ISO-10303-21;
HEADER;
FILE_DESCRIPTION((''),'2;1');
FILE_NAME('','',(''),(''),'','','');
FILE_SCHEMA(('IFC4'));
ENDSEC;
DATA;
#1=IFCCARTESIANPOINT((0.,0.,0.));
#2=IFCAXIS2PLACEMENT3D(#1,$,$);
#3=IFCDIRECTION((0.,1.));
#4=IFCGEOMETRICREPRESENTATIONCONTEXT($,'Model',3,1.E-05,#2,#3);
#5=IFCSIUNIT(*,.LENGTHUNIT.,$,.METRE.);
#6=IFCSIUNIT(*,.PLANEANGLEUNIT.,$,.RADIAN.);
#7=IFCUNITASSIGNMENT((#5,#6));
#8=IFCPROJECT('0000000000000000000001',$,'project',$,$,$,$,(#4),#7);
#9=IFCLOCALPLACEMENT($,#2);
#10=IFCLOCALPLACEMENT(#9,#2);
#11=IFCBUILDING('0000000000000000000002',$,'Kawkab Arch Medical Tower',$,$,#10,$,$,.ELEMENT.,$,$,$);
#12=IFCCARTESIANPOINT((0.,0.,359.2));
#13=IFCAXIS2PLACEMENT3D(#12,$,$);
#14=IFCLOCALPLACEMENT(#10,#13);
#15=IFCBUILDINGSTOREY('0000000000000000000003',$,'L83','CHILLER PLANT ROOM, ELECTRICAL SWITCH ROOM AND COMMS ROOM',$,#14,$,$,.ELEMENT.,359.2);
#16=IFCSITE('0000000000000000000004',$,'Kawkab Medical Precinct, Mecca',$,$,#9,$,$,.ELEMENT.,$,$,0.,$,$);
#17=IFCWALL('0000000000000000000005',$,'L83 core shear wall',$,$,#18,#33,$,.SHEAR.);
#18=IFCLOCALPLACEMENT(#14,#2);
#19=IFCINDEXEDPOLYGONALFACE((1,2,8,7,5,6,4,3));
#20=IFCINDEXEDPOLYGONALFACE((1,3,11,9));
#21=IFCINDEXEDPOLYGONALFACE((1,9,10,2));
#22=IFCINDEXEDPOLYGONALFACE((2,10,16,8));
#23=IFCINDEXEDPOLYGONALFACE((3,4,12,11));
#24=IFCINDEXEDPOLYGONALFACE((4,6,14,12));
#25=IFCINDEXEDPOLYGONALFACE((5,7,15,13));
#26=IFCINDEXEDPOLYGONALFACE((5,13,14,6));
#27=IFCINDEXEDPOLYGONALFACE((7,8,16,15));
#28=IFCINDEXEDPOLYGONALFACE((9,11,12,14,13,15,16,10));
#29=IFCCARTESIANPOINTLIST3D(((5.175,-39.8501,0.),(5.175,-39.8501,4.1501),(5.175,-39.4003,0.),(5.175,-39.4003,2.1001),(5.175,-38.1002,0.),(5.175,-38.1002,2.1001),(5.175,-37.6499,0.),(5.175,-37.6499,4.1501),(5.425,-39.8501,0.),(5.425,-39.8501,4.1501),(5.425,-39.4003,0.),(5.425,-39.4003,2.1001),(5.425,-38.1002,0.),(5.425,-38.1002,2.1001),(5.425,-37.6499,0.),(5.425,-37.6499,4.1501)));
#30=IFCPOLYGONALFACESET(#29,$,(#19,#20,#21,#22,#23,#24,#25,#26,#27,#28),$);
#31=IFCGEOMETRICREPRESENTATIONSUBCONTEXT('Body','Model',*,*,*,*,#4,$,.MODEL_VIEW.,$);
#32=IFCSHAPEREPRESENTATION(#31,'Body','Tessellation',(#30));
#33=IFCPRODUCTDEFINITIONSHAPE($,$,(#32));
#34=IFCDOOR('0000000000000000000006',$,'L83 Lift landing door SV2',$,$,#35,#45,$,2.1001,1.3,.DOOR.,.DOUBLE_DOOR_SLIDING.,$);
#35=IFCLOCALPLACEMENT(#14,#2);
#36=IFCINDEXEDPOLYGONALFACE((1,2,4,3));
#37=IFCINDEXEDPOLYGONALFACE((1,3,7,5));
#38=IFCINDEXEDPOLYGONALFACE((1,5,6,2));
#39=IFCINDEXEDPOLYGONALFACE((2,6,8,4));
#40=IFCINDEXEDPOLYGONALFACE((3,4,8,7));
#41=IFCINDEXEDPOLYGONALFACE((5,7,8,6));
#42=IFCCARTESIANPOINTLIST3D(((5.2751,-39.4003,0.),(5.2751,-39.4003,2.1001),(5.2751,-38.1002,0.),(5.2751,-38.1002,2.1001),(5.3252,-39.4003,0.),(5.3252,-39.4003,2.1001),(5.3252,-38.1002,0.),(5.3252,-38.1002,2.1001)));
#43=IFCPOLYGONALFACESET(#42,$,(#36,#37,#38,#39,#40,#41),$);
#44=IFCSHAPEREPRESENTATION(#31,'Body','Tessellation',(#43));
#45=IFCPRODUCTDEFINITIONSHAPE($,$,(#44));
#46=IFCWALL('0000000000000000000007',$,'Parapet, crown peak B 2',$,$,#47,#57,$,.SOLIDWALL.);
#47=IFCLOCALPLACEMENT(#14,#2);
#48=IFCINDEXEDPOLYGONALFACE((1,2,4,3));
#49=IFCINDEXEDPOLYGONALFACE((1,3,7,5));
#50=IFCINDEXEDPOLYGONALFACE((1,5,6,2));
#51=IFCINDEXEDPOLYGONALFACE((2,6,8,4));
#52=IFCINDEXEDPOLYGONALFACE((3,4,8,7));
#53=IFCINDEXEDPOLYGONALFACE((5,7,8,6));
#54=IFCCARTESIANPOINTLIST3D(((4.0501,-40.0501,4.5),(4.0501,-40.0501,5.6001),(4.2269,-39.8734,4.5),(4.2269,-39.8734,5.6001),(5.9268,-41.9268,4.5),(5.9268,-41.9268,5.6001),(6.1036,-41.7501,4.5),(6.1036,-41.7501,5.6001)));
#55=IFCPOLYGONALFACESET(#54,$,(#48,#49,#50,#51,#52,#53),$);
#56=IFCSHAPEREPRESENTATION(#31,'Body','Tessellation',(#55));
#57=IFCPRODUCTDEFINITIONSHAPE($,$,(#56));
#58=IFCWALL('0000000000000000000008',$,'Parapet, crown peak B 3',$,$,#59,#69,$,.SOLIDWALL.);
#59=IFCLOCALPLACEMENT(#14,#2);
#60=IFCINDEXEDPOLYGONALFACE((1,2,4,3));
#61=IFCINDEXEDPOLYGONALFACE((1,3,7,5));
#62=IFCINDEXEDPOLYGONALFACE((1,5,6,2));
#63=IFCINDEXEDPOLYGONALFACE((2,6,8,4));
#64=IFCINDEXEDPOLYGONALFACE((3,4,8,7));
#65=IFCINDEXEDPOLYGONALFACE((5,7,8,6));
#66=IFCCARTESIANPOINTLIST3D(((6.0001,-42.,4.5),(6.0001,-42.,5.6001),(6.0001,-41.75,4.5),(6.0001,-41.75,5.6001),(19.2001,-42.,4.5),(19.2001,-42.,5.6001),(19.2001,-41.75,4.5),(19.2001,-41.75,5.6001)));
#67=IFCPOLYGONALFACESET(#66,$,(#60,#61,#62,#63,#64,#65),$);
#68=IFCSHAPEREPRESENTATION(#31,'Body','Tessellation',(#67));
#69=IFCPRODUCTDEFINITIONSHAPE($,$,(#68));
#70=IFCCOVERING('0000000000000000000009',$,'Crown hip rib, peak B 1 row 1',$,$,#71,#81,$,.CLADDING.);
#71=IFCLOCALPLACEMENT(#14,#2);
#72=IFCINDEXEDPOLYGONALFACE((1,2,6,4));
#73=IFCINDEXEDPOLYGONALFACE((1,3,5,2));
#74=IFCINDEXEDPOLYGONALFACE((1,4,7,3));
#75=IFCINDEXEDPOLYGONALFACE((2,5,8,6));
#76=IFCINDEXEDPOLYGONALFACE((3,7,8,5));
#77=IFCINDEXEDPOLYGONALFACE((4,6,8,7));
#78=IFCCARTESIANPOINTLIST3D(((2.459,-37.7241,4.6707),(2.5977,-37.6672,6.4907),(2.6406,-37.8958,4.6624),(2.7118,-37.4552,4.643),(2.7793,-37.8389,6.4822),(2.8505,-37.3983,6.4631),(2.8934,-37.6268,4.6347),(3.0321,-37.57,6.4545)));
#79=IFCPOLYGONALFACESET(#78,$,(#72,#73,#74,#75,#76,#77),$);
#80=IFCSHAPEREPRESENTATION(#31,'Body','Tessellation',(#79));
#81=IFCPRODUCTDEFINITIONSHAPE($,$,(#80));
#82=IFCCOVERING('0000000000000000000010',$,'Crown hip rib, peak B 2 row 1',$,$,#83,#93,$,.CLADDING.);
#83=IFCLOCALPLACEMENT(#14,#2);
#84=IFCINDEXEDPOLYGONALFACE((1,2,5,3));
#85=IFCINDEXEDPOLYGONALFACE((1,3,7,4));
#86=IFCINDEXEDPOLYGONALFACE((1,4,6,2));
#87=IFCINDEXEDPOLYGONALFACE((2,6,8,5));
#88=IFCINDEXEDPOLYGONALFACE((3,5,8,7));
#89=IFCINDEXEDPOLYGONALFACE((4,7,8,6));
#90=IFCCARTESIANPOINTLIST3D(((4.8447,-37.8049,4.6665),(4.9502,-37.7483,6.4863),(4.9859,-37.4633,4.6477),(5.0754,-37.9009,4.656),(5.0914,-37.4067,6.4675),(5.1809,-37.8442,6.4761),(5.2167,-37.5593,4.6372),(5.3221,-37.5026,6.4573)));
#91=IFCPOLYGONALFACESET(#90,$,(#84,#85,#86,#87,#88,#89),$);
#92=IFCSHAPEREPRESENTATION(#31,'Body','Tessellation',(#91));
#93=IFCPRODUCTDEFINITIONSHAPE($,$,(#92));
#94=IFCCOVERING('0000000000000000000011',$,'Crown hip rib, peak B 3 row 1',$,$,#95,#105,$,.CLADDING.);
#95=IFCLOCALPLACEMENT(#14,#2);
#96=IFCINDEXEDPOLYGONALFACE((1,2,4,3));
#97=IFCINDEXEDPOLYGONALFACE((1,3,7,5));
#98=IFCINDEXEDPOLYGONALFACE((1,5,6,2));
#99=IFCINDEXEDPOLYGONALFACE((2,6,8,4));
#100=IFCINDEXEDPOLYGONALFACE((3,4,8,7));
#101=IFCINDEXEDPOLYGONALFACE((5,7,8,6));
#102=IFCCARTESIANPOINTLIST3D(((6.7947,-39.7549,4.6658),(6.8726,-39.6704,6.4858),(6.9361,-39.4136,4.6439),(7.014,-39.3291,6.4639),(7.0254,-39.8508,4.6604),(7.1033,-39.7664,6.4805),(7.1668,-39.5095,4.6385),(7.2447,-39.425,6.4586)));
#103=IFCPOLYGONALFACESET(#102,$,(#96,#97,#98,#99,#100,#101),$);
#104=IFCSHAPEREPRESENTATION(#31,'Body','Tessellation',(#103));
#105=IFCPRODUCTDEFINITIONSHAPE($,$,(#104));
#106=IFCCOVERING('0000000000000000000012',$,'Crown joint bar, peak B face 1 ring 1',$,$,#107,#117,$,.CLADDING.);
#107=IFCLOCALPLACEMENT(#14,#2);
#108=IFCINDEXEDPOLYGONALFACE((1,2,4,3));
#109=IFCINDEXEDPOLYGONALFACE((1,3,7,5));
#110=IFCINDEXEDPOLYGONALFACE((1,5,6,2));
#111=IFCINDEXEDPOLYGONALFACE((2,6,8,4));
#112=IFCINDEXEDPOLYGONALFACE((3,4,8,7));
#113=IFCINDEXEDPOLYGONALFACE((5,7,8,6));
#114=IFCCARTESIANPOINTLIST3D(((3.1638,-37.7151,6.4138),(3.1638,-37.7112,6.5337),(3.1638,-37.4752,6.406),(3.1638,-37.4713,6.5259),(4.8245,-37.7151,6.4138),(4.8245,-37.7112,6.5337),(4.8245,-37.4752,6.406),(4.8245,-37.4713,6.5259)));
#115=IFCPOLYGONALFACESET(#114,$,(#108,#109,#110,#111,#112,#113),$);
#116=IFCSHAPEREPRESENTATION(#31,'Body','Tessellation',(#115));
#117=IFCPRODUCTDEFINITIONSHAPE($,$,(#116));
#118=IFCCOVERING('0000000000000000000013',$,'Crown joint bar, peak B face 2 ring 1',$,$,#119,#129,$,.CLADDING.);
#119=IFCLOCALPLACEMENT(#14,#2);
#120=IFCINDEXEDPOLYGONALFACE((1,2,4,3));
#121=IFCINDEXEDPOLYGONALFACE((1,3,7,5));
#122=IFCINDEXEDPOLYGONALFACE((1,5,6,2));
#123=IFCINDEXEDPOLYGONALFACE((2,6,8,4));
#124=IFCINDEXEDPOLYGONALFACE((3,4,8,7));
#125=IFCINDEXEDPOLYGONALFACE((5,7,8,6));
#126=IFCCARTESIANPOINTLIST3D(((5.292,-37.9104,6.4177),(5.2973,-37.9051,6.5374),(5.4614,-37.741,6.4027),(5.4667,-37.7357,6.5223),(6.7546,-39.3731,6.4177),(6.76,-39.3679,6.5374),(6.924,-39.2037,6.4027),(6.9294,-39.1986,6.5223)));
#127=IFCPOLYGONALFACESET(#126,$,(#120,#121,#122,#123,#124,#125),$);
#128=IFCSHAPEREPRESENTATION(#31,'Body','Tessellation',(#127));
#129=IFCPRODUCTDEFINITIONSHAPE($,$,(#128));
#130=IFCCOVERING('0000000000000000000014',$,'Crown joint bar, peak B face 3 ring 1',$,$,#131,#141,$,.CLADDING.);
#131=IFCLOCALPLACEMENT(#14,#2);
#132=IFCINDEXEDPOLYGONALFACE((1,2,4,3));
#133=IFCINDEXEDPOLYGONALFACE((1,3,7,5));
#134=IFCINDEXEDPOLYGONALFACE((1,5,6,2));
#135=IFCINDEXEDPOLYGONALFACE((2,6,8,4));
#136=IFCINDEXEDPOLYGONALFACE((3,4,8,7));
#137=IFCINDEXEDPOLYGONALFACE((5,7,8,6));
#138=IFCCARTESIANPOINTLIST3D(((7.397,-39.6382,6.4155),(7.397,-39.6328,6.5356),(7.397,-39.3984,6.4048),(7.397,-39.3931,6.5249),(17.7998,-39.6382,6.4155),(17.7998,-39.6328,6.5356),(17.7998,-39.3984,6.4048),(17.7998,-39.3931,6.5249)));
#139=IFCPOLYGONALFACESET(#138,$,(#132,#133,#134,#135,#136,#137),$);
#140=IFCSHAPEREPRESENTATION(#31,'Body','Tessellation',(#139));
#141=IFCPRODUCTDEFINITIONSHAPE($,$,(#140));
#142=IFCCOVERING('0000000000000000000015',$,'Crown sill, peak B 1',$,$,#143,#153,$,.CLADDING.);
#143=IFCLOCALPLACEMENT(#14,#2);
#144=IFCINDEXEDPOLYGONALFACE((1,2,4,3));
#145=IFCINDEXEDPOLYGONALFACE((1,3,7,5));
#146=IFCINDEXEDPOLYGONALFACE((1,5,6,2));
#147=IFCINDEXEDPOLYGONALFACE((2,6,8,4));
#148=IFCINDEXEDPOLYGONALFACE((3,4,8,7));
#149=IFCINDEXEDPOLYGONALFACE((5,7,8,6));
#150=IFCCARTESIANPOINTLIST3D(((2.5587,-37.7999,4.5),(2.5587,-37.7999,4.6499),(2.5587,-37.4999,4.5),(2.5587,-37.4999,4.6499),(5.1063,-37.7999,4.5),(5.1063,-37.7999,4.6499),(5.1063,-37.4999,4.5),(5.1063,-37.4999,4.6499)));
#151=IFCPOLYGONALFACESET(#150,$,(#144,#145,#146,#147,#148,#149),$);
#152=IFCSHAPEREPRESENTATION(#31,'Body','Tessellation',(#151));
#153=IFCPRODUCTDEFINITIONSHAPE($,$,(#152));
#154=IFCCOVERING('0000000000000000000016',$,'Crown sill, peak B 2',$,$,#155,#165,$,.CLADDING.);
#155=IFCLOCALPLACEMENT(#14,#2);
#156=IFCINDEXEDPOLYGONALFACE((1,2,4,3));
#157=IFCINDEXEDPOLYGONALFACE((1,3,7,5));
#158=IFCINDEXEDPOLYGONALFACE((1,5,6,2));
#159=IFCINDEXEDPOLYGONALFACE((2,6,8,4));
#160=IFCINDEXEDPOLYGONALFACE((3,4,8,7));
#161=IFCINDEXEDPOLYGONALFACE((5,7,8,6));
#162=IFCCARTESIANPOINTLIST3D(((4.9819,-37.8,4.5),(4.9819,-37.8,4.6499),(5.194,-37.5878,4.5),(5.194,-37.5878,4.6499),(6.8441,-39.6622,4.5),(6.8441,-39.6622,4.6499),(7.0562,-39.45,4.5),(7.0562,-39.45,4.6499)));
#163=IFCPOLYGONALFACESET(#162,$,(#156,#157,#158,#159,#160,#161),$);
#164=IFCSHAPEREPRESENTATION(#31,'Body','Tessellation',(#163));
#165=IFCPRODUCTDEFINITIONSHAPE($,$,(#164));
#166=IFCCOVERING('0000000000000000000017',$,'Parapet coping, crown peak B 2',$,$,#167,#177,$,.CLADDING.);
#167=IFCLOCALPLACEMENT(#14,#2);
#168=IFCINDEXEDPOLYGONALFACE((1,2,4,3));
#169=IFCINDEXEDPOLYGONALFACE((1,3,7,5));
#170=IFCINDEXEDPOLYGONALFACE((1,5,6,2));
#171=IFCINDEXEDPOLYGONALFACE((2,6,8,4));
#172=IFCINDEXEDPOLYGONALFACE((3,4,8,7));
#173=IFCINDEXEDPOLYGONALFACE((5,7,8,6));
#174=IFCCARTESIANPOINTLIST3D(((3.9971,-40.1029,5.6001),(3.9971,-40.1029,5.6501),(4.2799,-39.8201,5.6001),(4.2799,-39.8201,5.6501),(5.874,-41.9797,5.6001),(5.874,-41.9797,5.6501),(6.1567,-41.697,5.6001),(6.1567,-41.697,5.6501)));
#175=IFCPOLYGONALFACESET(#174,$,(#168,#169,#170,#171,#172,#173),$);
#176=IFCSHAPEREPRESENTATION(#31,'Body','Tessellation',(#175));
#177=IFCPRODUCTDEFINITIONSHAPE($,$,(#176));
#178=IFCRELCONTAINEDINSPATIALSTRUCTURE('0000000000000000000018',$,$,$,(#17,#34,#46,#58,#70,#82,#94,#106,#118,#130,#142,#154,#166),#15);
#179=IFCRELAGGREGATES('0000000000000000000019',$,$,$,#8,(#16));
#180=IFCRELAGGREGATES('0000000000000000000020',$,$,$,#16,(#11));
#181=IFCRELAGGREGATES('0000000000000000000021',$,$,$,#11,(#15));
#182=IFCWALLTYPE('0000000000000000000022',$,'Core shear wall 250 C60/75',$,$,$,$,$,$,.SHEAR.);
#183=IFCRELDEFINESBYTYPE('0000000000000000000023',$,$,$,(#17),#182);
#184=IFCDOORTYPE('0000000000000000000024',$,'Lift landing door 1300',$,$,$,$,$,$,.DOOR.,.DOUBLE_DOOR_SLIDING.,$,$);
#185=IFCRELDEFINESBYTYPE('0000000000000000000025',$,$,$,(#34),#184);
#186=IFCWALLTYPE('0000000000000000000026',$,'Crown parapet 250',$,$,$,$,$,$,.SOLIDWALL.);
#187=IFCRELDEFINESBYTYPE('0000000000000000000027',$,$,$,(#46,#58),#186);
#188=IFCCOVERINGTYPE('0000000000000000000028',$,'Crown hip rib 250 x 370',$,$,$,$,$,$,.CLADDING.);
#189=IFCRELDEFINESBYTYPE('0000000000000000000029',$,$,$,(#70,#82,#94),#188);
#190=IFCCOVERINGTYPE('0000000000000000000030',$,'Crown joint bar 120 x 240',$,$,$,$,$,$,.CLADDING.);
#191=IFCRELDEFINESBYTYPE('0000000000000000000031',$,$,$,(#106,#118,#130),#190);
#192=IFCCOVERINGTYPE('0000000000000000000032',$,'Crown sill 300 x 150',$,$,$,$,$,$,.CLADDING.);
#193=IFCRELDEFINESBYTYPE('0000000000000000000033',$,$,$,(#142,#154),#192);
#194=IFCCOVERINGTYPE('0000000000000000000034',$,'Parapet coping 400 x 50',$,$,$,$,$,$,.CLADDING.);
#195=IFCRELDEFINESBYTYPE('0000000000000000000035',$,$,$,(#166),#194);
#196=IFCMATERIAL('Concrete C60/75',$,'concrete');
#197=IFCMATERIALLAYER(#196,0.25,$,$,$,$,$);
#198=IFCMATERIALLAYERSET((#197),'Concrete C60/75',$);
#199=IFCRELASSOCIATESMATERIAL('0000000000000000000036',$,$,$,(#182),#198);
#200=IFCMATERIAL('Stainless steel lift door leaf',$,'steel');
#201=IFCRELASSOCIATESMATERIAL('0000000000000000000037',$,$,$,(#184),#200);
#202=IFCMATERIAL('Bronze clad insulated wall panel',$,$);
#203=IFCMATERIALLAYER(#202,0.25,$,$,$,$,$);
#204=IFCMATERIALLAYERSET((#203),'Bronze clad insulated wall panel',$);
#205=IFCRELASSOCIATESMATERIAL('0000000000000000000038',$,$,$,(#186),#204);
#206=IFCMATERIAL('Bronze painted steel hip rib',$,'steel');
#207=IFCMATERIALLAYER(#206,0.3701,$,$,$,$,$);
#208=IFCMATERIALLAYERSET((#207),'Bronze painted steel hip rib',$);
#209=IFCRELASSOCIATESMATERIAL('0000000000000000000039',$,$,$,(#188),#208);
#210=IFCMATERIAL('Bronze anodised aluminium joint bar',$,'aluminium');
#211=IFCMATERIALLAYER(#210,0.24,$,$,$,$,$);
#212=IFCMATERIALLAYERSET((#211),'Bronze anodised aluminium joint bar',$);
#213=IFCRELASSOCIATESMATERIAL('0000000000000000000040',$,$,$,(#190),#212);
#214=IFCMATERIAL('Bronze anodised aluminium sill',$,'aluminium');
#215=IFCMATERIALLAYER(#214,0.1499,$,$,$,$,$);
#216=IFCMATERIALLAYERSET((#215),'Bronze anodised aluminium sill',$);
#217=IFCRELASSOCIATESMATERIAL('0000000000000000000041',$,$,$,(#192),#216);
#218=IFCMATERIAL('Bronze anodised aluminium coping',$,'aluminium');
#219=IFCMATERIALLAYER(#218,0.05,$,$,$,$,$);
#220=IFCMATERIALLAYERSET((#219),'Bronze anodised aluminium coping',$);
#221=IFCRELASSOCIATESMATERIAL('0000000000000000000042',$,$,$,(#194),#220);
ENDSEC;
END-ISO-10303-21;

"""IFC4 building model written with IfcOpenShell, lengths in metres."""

from ifc_helpers import new_model, si_unit, direction, frame, frame_2d, origin, origin_2d, place, context, subcontext, project, spatial, polyline, rectangle, outline, extrude, material, layer, layer_set, type_object, element, fill, save


model = new_model("IFC4")

# Units and contexts
model_context = context("Model", 3, precision=1e-05, world=origin(), true_north=direction((0.0, 1.0)))
body_context = subcontext(model_context, "Body", "Model", "MODEL_VIEW")
ifc_project = project(units=[si_unit("LENGTHUNIT", "METRE"), si_unit("PLANEANGLEUNIT", "RADIAN")], contexts=[model_context])

# Site, building, storey
site_placement = place(None, origin())
site = spatial("IfcSite", under=ifc_project, at=site_placement, Name="Kawkab Medical Precinct, Mecca", CompositionType="ELEMENT", RefElevation=0.0)
building_placement = place(site_placement, origin())
building = spatial("IfcBuilding", under=site, at=building_placement, Name="Kawkab Arch Medical Tower", CompositionType="ELEMENT")
storey_placement = place(building_placement, frame((0.0, 0.0, 359.2)))
storey = spatial("IfcBuildingStorey", under=building, at=storey_placement, Name="L83", Description="CHILLER PLANT ROOM, ELECTRICAL SWITCH ROOM AND COMMS ROOM", CompositionType="ELEMENT", Elevation=359.2)

# Wall, opening, door
ifc_material_1 = material(Name="Concrete C60/75", Category="concrete")
ifc_layer_1 = layer(ifc_material_1, 0.25)
ifc_layer_set_1 = layer_set([ifc_layer_1], Name="Concrete C60/75")
wall_type_1 = type_object("IfcWallType", Name="Core shear wall 250 C60/75", PredefinedType="SHEAR", material=ifc_layer_set_1)
wall_1_placement = place(storey_placement, frame((5.3, -39.8501, 0.0), z_axis=(0.0, 0.0, 1.0), x_axis=(0.0, 1.0, 0.0)))
wall_1 = element("IfcWall", 1, at=wall_1_placement, inside=storey, type_object=wall_type_1, Name="L83 core shear wall", PredefinedType="SHEAR", context=body_context, shape_type="SweptSolid", body=[
    extrude(rectangle(XDim=2.2002, YDim=0.25, at=frame_2d((1.1001, 0.0))), origin(), (0.0, 0.0, 1.0), 4.1501),
])
opening_placement = place(wall_1_placement, frame((0.45, 0.0, 0.0)))
opening = element("IfcOpeningElement", 2, at=opening_placement, cuts=wall_1, PredefinedType="OPENING", context=body_context, shape_type="SweptSolid", body=[
    extrude(rectangle(XDim=1.3, YDim=2.1001, at=frame_2d((0.6499, 1.05))), frame((0.0, 0.135, 0.0), z_axis=(0.0, -1.0, 0.0), x_axis=(1.0, 0.0, 0.0)), (0.0, 0.0, 1.0), 0.27),
])
ifc_material_2 = material(Name="Stainless steel lift door leaf", Category="steel")
door_type = type_object("IfcDoorType", Name="Lift landing door 1300", OperationType="DOUBLE_DOOR_SLIDING", PredefinedType="DOOR", material=ifc_material_2)
door_placement = place(opening_placement, origin())
door = element("IfcDoor", 3, at=door_placement, inside=storey, type_object=door_type, Name="L83 Lift landing door SV2", OperationType="DOUBLE_DOOR_SLIDING", OverallHeight=2.1001, OverallWidth=1.3, PredefinedType="DOOR", context=body_context, shape_type="SweptSolid", body=[
    extrude(rectangle(XDim=1.3, YDim=2.1001, at=frame_2d((0.6499, 1.05))), frame((0.0, 0.0249, 0.0), z_axis=(0.0, -1.0, 0.0), x_axis=(1.0, 0.0, 0.0)), (0.0, 0.0, 1.0), 0.05),
])
fill(opening, door)

# Walls
ifc_material_3 = material(Name="Bronze clad insulated wall panel")
ifc_layer_2 = layer(ifc_material_3, 0.25)
ifc_layer_set_2 = layer_set([ifc_layer_2], Name="Bronze clad insulated wall panel")
wall_type_2 = type_object("IfcWallType", Name="Crown parapet 250", PredefinedType="SOLIDWALL", material=ifc_layer_set_2)
wall_2_placement = place(storey_placement, frame((4.1384, -39.9617, 4.5), z_axis=(0.0, 0.0, 1.0), x_axis=(0.707107, -0.707107, 0.0)))
element("IfcWall", 4, at=wall_2_placement, inside=storey, type_object=wall_type_2, Name="Parapet, crown peak B 2", PredefinedType="SOLIDWALL", context=body_context, shape_type="SweptSolid", body=[
    extrude(rectangle(XDim=2.6541, YDim=0.25, at=frame_2d((1.3271, 0.0))), origin(), (0.0, 0.0, 1.0), 1.1001),
])
wall_3_placement = place(storey_placement, frame((6.0, -41.875, 4.5), z_axis=(0.0, 0.0, 1.0), x_axis=(1.0, 0.0, 0.0)))
element("IfcWall", 5, at=wall_3_placement, inside=storey, type_object=wall_type_2, Name="Parapet, crown peak B 3", PredefinedType="SOLIDWALL", context=body_context, shape_type="SweptSolid", body=[
    extrude(rectangle(XDim=13.2, YDim=0.25, at=frame_2d((6.6001, 0.0))), origin(), (0.0, 0.0, 1.0), 1.1001),
])

# Coverings
ifc_material_4 = material(Name="Bronze painted steel hip rib", Category="steel")
ifc_layer_3 = layer(ifc_material_4, 0.3701)
ifc_layer_set_3 = layer_set([ifc_layer_3], Name="Bronze painted steel hip rib")
covering_type_1 = type_object("IfcCoveringType", Name="Crown hip rib 250 x 370", PredefinedType="CLADDING", material=ifc_layer_set_3)
covering_1_placement = place(storey_placement, frame((2.6406, -37.8958, 4.6624), z_axis=(-0.68304, -0.726545, 0.074754), x_axis=(0.07594, 0.031149, 0.996626)))
element("IfcCovering", 6, at=covering_1_placement, inside=storey, type_object=covering_type_1, Name="Crown hip rib, peak B 1 row 1", PredefinedType="CLADDING", context=body_context, shape_type="SweptSolid", body=[
    extrude(outline(polyline([(0.0, 0.0), (1.826, 0.0), (1.8261, 0.25), (-0.0002, 0.25), (0.0, 0.0)])), origin(), (0.0, 0.0, -1.0), 0.3701),
])
covering_2_placement = place(storey_placement, frame((5.0754, -37.9009, 4.656), z_axis=(-0.381544, -0.922952, 0.050835), x_axis=(0.057824, 0.031056, 0.997844)))
element("IfcCovering", 7, at=covering_2_placement, inside=storey, type_object=covering_type_1, Name="Crown hip rib, peak B 2 row 1", PredefinedType="CLADDING", context=body_context, shape_type="SweptSolid", body=[
    extrude(outline(polyline([(0.0, 0.0), (1.824, 0.0), (1.8239, 0.2501), (0.0001, 0.2501), (0.0, 0.0)])), origin(), (0.0, 0.0, -1.0), 0.3701),
])
covering_3_placement = place(storey_placement, frame((7.0254, -39.8508, 4.6604), z_axis=(-0.382144, -0.922208, 0.059153), x_axis=(0.042705, 0.04632, 0.998013)))
element("IfcCovering", 8, at=covering_3_placement, inside=storey, type_object=covering_type_1, Name="Crown hip rib, peak B 3 row 1", PredefinedType="CLADDING", context=body_context, shape_type="SweptSolid", body=[
    extrude(outline(polyline([(0.0, 0.0), (1.8237, 0.0), (1.8236, 0.2499), (0.0, 0.2499), (0.0, 0.0)])), origin(), (0.0, 0.0, -1.0), 0.3701),
])
ifc_material_5 = material(Name="Bronze anodised aluminium joint bar", Category="aluminium")
ifc_layer_4 = layer(ifc_material_5, 0.24)
ifc_layer_set_4 = layer_set([ifc_layer_4], Name="Bronze anodised aluminium joint bar")
covering_type_2 = type_object("IfcCoveringType", Name="Crown joint bar 120 x 240", PredefinedType="CLADDING", material=ifc_layer_set_4)
covering_4_placement = place(storey_placement, frame((3.1638, -37.7151, 6.4138), z_axis=(0.0, -0.999469, 0.032569), x_axis=(1.0, 0.0, 0.0)))
element("IfcCovering", 9, at=covering_4_placement, inside=storey, type_object=covering_type_2, Name="Crown joint bar, peak B face 1 ring 1", PredefinedType="CLADDING", context=body_context, shape_type="SweptSolid", body=[
    extrude(outline(polyline([(0.0, 0.0), (1.6606, 0.0), (1.6606, 0.1199), (0.0, 0.1199), (0.0, 0.0)])), origin(), (0.0, 0.0, -1.0), 0.24),
])
covering_5_placement = place(storey_placement, frame((5.292, -37.9104, 6.4177), z_axis=(-0.705747, -0.705688, 0.06265), x_axis=(0.707077, -0.707136, 0.000003)))
element("IfcCovering", 10, at=covering_5_placement, inside=storey, type_object=covering_type_2, Name="Crown joint bar, peak B face 2 ring 1", PredefinedType="CLADDING", context=body_context, shape_type="SweptSolid", body=[
    extrude(outline(polyline([(0.0, 0.0), (2.0685, 0.0), (2.0687, 0.1199), (0.0, 0.1199), (0.0, 0.0)])), origin(), (0.0, 0.0, -1.0), 0.24),
])
covering_6_placement = place(storey_placement, frame((7.397, -39.6382, 6.4155), z_axis=(0.0, -0.999002, 0.044671), x_axis=(1.0, 0.0, 0.0)))
element("IfcCovering", 11, at=covering_6_placement, inside=storey, type_object=covering_type_2, Name="Crown joint bar, peak B face 3 ring 1", PredefinedType="CLADDING", context=body_context, shape_type="SweptSolid", body=[
    extrude(outline(polyline([(0.0, 0.0), (10.4028, 0.0), (10.4028, 0.1202), (0.0, 0.1202), (0.0, 0.0)])), origin(), (0.0, 0.0, -1.0), 0.24),
])
ifc_material_6 = material(Name="Bronze anodised aluminium sill", Category="aluminium")
ifc_layer_5 = layer(ifc_material_6, 0.1499)
ifc_layer_set_5 = layer_set([ifc_layer_5], Name="Bronze anodised aluminium sill")
covering_type_3 = type_object("IfcCoveringType", Name="Crown sill 300 x 150", PredefinedType="CLADDING", material=ifc_layer_set_5)
covering_7_placement = place(storey_placement, frame((3.8325, -37.6499, 4.5), z_axis=(0.0, 0.0, 1.0), x_axis=(1.0, 0.0, 0.0)))
element("IfcCovering", 12, at=covering_7_placement, inside=storey, type_object=covering_type_3, Name="Crown sill, peak B 1", PredefinedType="CLADDING", context=body_context, shape_type="SweptSolid", body=[
    extrude(rectangle(XDim=2.5476, YDim=0.3, at=origin_2d()), origin(), (0.0, 0.0, 1.0), 0.1499),
])
covering_8_placement = place(storey_placement, frame((6.019, -38.625, 4.5), z_axis=(0.0, 0.0, 1.0), x_axis=(0.707107, -0.707107, 0.0)))
element("IfcCovering", 13, at=covering_8_placement, inside=storey, type_object=covering_type_3, Name="Crown sill, peak B 2", PredefinedType="CLADDING", context=body_context, shape_type="SweptSolid", body=[
    extrude(rectangle(XDim=2.6335, YDim=0.3, at=origin_2d()), origin(), (0.0, 0.0, 1.0), 0.1499),
])
ifc_material_7 = material(Name="Bronze anodised aluminium coping", Category="aluminium")
ifc_layer_6 = layer(ifc_material_7, 0.05)
ifc_layer_set_6 = layer_set([ifc_layer_6], Name="Bronze anodised aluminium coping")
covering_type_4 = type_object("IfcCoveringType", Name="Parapet coping 400 x 50", PredefinedType="CLADDING", material=ifc_layer_set_6)
covering_9_placement = place(storey_placement, frame((5.0769, -40.8999, 5.6001), z_axis=(0.0, 0.0, 1.0), x_axis=(0.707107, -0.707107, 0.0)))
element("IfcCovering", 14, at=covering_9_placement, inside=storey, type_object=covering_type_4, Name="Parapet coping, crown peak B 2", PredefinedType="CLADDING", context=body_context, shape_type="SweptSolid", body=[
    extrude(rectangle(XDim=2.6543, YDim=0.3999, at=origin_2d()), origin(), (0.0, 0.0, 1.0), 0.05),
])

save(model, "model.ifc")
